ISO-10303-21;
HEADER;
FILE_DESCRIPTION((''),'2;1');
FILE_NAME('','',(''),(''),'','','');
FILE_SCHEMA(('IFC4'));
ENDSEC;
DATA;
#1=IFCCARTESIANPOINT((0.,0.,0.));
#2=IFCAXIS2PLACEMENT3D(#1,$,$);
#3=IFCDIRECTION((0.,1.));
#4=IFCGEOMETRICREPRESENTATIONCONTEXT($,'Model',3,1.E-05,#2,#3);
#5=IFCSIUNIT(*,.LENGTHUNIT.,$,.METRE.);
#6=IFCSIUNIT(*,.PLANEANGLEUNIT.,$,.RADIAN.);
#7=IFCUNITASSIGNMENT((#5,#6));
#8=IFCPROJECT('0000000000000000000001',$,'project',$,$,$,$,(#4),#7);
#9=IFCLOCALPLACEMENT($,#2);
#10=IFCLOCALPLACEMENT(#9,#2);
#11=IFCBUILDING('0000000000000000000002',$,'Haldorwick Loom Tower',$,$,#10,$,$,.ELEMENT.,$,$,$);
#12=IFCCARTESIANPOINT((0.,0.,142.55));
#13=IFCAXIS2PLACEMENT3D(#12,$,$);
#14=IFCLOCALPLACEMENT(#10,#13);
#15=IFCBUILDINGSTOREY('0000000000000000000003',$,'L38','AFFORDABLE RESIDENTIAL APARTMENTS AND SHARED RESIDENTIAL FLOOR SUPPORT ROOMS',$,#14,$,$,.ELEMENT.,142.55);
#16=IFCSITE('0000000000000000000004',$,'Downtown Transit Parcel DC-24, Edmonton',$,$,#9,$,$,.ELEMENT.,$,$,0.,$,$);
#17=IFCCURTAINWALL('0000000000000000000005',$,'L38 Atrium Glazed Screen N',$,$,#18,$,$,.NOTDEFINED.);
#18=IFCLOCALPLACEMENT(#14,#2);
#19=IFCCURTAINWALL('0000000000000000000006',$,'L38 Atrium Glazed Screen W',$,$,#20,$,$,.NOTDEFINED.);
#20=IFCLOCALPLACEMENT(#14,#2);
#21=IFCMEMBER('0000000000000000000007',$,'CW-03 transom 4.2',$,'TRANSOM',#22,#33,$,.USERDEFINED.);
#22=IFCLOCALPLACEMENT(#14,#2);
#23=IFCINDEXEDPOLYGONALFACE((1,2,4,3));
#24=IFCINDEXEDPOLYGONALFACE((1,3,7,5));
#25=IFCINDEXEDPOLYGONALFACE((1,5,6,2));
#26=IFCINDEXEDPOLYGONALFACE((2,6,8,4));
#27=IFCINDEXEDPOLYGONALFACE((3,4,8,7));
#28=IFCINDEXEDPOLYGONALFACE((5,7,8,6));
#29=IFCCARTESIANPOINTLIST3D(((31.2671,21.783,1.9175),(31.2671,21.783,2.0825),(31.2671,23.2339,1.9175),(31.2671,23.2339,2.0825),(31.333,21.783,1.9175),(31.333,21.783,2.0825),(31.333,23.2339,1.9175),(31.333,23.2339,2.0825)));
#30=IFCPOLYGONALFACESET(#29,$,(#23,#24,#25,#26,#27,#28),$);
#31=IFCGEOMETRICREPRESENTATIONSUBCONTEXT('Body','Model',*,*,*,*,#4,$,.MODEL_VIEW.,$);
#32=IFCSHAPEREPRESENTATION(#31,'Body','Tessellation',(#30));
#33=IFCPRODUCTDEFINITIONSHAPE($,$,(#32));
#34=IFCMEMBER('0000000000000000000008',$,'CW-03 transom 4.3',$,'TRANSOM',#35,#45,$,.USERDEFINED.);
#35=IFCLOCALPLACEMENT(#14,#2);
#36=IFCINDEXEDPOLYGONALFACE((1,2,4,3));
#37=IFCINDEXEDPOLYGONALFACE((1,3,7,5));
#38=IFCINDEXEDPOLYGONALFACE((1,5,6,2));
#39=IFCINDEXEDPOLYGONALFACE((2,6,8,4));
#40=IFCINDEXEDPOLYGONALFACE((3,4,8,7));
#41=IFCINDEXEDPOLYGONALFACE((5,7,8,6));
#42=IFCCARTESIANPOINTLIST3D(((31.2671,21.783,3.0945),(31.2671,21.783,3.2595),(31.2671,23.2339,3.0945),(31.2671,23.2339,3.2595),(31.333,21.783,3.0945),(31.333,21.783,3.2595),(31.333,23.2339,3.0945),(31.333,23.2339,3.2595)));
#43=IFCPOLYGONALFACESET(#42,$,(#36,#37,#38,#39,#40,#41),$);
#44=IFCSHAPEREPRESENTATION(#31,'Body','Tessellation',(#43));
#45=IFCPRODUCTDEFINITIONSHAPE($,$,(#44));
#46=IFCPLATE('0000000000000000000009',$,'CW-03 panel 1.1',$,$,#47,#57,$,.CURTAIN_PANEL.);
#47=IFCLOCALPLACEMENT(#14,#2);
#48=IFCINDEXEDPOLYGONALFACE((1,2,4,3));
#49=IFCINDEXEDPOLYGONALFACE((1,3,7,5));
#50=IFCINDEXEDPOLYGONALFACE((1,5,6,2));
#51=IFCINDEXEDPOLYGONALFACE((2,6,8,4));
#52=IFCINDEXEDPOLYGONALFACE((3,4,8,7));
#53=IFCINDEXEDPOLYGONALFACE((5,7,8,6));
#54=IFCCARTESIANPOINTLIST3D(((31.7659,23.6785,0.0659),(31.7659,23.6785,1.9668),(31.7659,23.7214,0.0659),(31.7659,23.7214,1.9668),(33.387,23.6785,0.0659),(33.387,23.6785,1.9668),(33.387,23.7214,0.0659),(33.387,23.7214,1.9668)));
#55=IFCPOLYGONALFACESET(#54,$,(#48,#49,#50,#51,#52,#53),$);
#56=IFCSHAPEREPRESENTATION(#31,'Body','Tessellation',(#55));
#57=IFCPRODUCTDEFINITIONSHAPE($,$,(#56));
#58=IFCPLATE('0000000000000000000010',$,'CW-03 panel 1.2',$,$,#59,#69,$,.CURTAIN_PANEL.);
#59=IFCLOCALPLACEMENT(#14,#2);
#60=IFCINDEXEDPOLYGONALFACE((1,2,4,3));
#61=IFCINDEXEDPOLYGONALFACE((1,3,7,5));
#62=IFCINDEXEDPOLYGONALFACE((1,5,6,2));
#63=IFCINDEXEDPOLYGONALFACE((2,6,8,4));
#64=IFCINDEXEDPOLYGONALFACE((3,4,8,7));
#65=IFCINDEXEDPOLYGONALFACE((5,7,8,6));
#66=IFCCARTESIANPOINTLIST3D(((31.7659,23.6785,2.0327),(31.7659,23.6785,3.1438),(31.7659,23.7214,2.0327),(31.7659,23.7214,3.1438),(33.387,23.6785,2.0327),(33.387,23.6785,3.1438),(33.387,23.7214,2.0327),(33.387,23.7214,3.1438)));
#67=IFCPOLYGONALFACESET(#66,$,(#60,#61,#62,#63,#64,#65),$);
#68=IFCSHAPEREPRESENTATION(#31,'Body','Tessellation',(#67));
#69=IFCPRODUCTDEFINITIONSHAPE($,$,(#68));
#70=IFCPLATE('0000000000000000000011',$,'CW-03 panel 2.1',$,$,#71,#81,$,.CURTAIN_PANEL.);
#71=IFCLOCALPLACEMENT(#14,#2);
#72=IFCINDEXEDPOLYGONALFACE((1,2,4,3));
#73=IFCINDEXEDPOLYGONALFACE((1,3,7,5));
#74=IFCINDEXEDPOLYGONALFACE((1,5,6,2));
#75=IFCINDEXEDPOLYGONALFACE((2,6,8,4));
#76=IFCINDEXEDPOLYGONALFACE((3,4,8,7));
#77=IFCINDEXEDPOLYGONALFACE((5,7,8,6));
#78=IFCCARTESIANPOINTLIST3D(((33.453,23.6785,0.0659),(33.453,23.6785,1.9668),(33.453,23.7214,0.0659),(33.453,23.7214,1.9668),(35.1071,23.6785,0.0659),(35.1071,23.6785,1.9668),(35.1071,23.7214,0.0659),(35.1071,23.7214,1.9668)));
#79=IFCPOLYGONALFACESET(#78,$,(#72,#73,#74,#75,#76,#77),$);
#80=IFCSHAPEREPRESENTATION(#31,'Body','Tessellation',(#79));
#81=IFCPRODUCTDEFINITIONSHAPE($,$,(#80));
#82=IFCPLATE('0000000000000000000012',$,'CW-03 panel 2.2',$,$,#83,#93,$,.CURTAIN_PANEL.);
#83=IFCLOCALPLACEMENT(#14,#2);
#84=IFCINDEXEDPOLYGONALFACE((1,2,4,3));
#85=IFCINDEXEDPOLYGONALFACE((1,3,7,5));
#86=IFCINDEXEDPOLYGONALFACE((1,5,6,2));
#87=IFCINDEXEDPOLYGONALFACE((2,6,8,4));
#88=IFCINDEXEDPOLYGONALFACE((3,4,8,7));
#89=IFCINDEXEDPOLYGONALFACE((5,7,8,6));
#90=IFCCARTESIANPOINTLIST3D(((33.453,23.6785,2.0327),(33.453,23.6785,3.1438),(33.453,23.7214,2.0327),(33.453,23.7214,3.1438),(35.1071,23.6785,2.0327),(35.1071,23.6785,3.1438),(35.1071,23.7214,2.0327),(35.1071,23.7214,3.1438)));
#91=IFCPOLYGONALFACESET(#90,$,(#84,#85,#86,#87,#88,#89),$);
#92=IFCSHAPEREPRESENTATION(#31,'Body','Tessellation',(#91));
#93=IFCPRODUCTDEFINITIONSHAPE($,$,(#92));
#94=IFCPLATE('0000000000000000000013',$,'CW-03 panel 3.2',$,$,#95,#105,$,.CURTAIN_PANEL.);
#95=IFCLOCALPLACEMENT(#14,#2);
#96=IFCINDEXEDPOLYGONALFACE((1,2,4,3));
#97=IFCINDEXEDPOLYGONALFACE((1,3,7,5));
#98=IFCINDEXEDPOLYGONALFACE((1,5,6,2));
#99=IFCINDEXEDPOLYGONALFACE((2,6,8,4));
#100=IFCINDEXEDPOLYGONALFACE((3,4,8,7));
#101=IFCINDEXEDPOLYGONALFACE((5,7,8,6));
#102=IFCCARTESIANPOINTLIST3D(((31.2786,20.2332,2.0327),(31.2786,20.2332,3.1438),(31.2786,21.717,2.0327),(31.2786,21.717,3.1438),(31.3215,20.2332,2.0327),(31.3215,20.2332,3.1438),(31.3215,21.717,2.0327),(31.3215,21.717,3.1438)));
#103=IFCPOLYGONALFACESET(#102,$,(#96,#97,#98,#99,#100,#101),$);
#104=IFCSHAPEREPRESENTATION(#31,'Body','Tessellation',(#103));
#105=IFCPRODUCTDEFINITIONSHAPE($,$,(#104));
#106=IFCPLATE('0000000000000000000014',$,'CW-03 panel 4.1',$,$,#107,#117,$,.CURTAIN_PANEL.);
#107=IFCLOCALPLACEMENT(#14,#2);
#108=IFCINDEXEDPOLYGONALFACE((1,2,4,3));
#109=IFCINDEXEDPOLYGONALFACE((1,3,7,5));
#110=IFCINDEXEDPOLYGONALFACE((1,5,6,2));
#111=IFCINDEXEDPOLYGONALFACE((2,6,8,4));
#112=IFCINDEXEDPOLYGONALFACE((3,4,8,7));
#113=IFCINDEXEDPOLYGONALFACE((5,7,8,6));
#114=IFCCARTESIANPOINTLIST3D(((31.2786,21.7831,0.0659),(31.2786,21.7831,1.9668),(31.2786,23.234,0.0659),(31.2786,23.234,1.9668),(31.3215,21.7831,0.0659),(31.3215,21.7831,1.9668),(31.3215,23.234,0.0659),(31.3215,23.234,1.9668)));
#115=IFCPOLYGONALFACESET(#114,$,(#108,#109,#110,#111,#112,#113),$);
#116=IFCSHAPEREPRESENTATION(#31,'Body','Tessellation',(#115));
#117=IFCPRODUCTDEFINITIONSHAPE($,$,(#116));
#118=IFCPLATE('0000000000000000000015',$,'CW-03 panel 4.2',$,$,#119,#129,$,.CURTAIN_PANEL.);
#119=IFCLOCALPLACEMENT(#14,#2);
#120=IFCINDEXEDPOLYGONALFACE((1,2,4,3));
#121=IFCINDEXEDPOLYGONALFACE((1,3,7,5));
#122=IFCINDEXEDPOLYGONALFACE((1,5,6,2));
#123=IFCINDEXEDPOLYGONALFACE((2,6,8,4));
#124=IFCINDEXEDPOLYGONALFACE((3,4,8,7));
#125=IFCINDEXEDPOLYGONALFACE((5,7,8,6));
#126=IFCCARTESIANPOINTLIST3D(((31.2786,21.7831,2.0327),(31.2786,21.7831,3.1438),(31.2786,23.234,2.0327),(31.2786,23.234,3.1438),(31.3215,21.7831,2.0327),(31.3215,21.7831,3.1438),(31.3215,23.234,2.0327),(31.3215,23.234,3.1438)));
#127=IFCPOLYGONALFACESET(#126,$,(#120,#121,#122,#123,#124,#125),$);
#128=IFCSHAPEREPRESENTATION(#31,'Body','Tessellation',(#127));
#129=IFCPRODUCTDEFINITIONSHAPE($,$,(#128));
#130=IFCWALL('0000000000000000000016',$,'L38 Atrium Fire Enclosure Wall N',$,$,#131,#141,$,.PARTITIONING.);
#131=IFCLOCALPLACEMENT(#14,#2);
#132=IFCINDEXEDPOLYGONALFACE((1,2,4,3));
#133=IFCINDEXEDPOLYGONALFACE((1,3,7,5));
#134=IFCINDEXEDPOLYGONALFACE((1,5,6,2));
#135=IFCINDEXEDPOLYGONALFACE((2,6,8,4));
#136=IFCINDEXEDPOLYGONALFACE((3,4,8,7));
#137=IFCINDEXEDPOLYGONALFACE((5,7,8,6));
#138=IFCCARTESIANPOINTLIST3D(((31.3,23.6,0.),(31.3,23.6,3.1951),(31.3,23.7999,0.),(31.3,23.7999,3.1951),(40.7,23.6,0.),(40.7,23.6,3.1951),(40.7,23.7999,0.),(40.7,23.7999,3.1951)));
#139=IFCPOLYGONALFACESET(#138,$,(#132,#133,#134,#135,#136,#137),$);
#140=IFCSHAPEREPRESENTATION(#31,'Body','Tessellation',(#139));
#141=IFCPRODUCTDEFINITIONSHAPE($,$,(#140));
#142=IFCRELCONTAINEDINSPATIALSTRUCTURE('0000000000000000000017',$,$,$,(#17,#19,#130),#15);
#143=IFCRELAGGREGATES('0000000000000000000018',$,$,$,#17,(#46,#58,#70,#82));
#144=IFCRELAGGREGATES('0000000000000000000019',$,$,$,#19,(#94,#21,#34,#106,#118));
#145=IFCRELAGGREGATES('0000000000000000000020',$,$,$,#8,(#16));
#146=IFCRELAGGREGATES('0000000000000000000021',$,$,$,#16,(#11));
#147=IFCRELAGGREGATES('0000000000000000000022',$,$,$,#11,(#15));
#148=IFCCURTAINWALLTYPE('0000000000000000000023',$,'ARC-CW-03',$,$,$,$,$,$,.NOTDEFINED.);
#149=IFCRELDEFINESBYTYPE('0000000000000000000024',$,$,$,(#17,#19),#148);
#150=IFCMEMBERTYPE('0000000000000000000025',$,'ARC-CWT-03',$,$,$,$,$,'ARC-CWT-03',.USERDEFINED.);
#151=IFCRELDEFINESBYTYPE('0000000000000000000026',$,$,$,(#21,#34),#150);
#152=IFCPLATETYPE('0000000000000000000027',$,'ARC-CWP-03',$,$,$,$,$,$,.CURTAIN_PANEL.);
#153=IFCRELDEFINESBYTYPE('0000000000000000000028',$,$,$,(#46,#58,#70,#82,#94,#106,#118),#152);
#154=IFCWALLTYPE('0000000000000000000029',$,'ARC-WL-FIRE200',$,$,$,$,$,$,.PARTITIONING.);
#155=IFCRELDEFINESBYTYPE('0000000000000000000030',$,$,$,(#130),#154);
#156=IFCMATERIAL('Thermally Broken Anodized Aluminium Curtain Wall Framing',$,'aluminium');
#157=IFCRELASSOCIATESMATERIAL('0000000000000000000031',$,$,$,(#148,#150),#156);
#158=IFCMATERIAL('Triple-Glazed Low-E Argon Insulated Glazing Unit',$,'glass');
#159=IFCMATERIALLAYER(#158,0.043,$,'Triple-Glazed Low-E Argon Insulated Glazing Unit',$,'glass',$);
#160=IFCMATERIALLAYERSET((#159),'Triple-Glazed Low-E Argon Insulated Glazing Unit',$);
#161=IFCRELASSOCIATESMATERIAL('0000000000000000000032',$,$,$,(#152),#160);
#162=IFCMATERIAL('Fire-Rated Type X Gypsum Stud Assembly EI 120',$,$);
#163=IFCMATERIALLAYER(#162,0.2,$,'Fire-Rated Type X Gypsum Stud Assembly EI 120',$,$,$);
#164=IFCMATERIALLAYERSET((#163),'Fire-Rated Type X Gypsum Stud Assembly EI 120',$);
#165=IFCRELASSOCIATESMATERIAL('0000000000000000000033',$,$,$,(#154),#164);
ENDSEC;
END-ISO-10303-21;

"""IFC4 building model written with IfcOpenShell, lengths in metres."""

from ifc_helpers import new_model, si_unit, direction, frame, frame_2d, origin, origin_2d, place, context, subcontext, project, spatial, rectangle, extrude, material, layer, layer_set, material_profile, profile_set, type_object, element, aggregate, save


model = new_model("IFC4")

# Units and contexts
model_context = context("Model", 3, precision=1e-05, world=origin(), true_north=direction((0.0, 1.0)))
body_context = subcontext(model_context, "Body", "Model", "MODEL_VIEW")
ifc_project = project(units=[si_unit("LENGTHUNIT", "METRE"), si_unit("PLANEANGLEUNIT", "RADIAN")], contexts=[model_context])

# Site, building, storey
site_placement = place(None, origin())
site = spatial("IfcSite", under=ifc_project, at=site_placement, Name="Downtown Transit Parcel DC-24, Edmonton", CompositionType="ELEMENT", RefElevation=0.0)
building_placement = place(site_placement, origin())
building = spatial("IfcBuilding", under=site, at=building_placement, Name="Haldorwick Loom Tower", CompositionType="ELEMENT")
storey_placement = place(building_placement, frame((0.0, 0.0, 142.55)))
storey = spatial("IfcBuildingStorey", under=building, at=storey_placement, Name="L38", Description="AFFORDABLE RESIDENTIAL APARTMENTS AND SHARED RESIDENTIAL FLOOR SUPPORT ROOMS", CompositionType="ELEMENT", Elevation=142.55)

# Curtain walls
ifc_material_1 = material(Name="Thermally Broken Anodized Aluminium Curtain Wall Framing", Category="aluminium")
curtain_wall_type = type_object("IfcCurtainWallType", Name="ARC-CW-03", PredefinedType="NOTDEFINED", material=ifc_material_1)
curtain_wall_1_placement = place(storey_placement, origin())
curtain_wall_1 = element("IfcCurtainWall", 1, at=curtain_wall_1_placement, inside=storey, type_object=curtain_wall_type, Name="L38 Atrium Glazed Screen N", PredefinedType="NOTDEFINED")
curtain_wall_2_placement = place(storey_placement, origin())
curtain_wall_2 = element("IfcCurtainWall", 2, at=curtain_wall_2_placement, inside=storey, type_object=curtain_wall_type, Name="L38 Atrium Glazed Screen W", PredefinedType="NOTDEFINED")

# Members
ifc_material_profile_1 = material_profile(ifc_material_1, rectangle(XDim=0.0659, YDim=0.165, at=origin_2d()), Name="ALU_TRN_66X165", Category="aluminium")
ifc_profile_set_1 = profile_set([ifc_material_profile_1], Name="Thermally Broken Anodized Aluminium Curtain Wall Framing")
member_type_1 = type_object("IfcMemberType", Name="ARC-CWT-03", ElementType="ARC-CWT-03", PredefinedType="USERDEFINED", material=ifc_profile_set_1)
member_1_placement = place(storey_placement, frame((31.3, 21.783, 2.0), z_axis=(0.0, 1.0, 0.0), x_axis=(-1.0, 0.0, 0.0)))
member_1 = element("IfcMember", 3, at=member_1_placement, type_object=member_type_1, Name="CW-03 transom 4.2", ObjectType="TRANSOM", PredefinedType="USERDEFINED", context=body_context, shape_type="SweptSolid", body=[
    extrude(rectangle(XDim=0.0659, YDim=0.165, at=origin_2d()), origin(), (0.0, 0.0, 1.0), 1.4509),
])
member_2_placement = place(storey_placement, frame((31.3, 21.783, 3.177), z_axis=(0.0, 1.0, 0.0), x_axis=(-1.0, 0.0, 0.0)))
member_2 = element("IfcMember", 4, at=member_2_placement, type_object=member_type_1, Name="CW-03 transom 4.3", ObjectType="TRANSOM", PredefinedType="USERDEFINED", context=body_context, shape_type="SweptSolid", body=[
    extrude(rectangle(XDim=0.0659, YDim=0.165, at=origin_2d()), origin(), (0.0, 0.0, 1.0), 1.4509),
])

# Plates
ifc_material_2 = material(Name="Triple-Glazed Low-E Argon Insulated Glazing Unit", Category="glass")
ifc_layer_1 = layer(ifc_material_2, 0.043, Name="Triple-Glazed Low-E Argon Insulated Glazing Unit", Category="glass")
ifc_layer_set_1 = layer_set([ifc_layer_1], Name="Triple-Glazed Low-E Argon Insulated Glazing Unit")
plate_type = type_object("IfcPlateType", Name="ARC-CWP-03", PredefinedType="CURTAIN_PANEL", material=ifc_layer_set_1)
plate_1_placement = place(storey_placement, frame((32.5764, 23.7, 0.0659), z_axis=(0.0, 0.0, 1.0), x_axis=(1.0, 0.0, 0.0)))
plate_1 = element("IfcPlate", 5, at=plate_1_placement, type_object=plate_type, Name="CW-03 panel 1.1", PredefinedType="CURTAIN_PANEL", context=body_context, shape_type="SweptSolid", body=[
    extrude(rectangle(XDim=1.6211, YDim=0.043, at=origin_2d()), origin(), (0.0, 0.0, 1.0), 1.9009),
])
plate_2_placement = place(storey_placement, frame((32.5764, 23.7, 2.0327), z_axis=(0.0, 0.0, 1.0), x_axis=(1.0, 0.0, 0.0)))
plate_2 = element("IfcPlate", 6, at=plate_2_placement, type_object=plate_type, Name="CW-03 panel 1.2", PredefinedType="CURTAIN_PANEL", context=body_context, shape_type="SweptSolid", body=[
    extrude(rectangle(XDim=1.6211, YDim=0.043, at=origin_2d()), origin(), (0.0, 0.0, 1.0), 1.1111),
])
plate_3_placement = place(storey_placement, frame((34.28, 23.7, 0.0659), z_axis=(0.0, 0.0, 1.0), x_axis=(1.0, 0.0, 0.0)))
plate_3 = element("IfcPlate", 7, at=plate_3_placement, type_object=plate_type, Name="CW-03 panel 2.1", PredefinedType="CURTAIN_PANEL", context=body_context, shape_type="SweptSolid", body=[
    extrude(rectangle(XDim=1.6541, YDim=0.043, at=origin_2d()), origin(), (0.0, 0.0, 1.0), 1.9009),
])
plate_4_placement = place(storey_placement, frame((34.28, 23.7, 2.0327), z_axis=(0.0, 0.0, 1.0), x_axis=(1.0, 0.0, 0.0)))
plate_4 = element("IfcPlate", 8, at=plate_4_placement, type_object=plate_type, Name="CW-03 panel 2.2", PredefinedType="CURTAIN_PANEL", context=body_context, shape_type="SweptSolid", body=[
    extrude(rectangle(XDim=1.6541, YDim=0.043, at=origin_2d()), origin(), (0.0, 0.0, 1.0), 1.1111),
])
aggregate(curtain_wall_1, [plate_1, plate_2, plate_3, plate_4])
plate_5_placement = place(storey_placement, frame((31.3, 20.9751, 2.0327), z_axis=(0.0, 0.0, 1.0), x_axis=(0.0, 1.0, 0.0)))
plate_5 = element("IfcPlate", 9, at=plate_5_placement, type_object=plate_type, Name="CW-03 panel 3.2", PredefinedType="CURTAIN_PANEL", context=body_context, shape_type="SweptSolid", body=[
    extrude(rectangle(XDim=1.4839, YDim=0.043, at=origin_2d()), origin(), (0.0, 0.0, 1.0), 1.1111),
])
plate_6_placement = place(storey_placement, frame((31.3, 22.5085, 0.0659), z_axis=(0.0, 0.0, 1.0), x_axis=(0.0, 1.0, 0.0)))
plate_6 = element("IfcPlate", 10, at=plate_6_placement, type_object=plate_type, Name="CW-03 panel 4.1", PredefinedType="CURTAIN_PANEL", context=body_context, shape_type="SweptSolid", body=[
    extrude(rectangle(XDim=1.4509, YDim=0.043, at=origin_2d()), origin(), (0.0, 0.0, 1.0), 1.9009),
])
plate_7_placement = place(storey_placement, frame((31.3, 22.5085, 2.0327), z_axis=(0.0, 0.0, 1.0), x_axis=(0.0, 1.0, 0.0)))
plate_7 = element("IfcPlate", 11, at=plate_7_placement, type_object=plate_type, Name="CW-03 panel 4.2", PredefinedType="CURTAIN_PANEL", context=body_context, shape_type="SweptSolid", body=[
    extrude(rectangle(XDim=1.4509, YDim=0.043, at=origin_2d()), origin(), (0.0, 0.0, 1.0), 1.1111),
])
aggregate(curtain_wall_2, [plate_5, member_1, member_2, plate_6, plate_7])

# Wall
ifc_material_3 = material(Name="Fire-Rated Type X Gypsum Stud Assembly EI 120")
ifc_layer_2 = layer(ifc_material_3, 0.2, Name="Fire-Rated Type X Gypsum Stud Assembly EI 120")
ifc_layer_set_2 = layer_set([ifc_layer_2], Name="Fire-Rated Type X Gypsum Stud Assembly EI 120")
wall_type = type_object("IfcWallType", Name="ARC-WL-FIRE200", PredefinedType="PARTITIONING", material=ifc_layer_set_2)
wall_placement = place(storey_placement, frame((31.3, 23.7, 0.0), z_axis=(0.0, 0.0, 1.0), x_axis=(1.0, 0.0, 0.0)))
element("IfcWall", 12, at=wall_placement, inside=storey, type_object=wall_type, Name="L38 Atrium Fire Enclosure Wall N", PredefinedType="PARTITIONING", context=body_context, shape_type="SweptSolid", body=[
    extrude(rectangle(XDim=9.3999, YDim=0.2, at=frame_2d((4.7, 0.0))), origin(), (0.0, 0.0, 1.0), 3.1951),
])

save(model, "model.ifc")
